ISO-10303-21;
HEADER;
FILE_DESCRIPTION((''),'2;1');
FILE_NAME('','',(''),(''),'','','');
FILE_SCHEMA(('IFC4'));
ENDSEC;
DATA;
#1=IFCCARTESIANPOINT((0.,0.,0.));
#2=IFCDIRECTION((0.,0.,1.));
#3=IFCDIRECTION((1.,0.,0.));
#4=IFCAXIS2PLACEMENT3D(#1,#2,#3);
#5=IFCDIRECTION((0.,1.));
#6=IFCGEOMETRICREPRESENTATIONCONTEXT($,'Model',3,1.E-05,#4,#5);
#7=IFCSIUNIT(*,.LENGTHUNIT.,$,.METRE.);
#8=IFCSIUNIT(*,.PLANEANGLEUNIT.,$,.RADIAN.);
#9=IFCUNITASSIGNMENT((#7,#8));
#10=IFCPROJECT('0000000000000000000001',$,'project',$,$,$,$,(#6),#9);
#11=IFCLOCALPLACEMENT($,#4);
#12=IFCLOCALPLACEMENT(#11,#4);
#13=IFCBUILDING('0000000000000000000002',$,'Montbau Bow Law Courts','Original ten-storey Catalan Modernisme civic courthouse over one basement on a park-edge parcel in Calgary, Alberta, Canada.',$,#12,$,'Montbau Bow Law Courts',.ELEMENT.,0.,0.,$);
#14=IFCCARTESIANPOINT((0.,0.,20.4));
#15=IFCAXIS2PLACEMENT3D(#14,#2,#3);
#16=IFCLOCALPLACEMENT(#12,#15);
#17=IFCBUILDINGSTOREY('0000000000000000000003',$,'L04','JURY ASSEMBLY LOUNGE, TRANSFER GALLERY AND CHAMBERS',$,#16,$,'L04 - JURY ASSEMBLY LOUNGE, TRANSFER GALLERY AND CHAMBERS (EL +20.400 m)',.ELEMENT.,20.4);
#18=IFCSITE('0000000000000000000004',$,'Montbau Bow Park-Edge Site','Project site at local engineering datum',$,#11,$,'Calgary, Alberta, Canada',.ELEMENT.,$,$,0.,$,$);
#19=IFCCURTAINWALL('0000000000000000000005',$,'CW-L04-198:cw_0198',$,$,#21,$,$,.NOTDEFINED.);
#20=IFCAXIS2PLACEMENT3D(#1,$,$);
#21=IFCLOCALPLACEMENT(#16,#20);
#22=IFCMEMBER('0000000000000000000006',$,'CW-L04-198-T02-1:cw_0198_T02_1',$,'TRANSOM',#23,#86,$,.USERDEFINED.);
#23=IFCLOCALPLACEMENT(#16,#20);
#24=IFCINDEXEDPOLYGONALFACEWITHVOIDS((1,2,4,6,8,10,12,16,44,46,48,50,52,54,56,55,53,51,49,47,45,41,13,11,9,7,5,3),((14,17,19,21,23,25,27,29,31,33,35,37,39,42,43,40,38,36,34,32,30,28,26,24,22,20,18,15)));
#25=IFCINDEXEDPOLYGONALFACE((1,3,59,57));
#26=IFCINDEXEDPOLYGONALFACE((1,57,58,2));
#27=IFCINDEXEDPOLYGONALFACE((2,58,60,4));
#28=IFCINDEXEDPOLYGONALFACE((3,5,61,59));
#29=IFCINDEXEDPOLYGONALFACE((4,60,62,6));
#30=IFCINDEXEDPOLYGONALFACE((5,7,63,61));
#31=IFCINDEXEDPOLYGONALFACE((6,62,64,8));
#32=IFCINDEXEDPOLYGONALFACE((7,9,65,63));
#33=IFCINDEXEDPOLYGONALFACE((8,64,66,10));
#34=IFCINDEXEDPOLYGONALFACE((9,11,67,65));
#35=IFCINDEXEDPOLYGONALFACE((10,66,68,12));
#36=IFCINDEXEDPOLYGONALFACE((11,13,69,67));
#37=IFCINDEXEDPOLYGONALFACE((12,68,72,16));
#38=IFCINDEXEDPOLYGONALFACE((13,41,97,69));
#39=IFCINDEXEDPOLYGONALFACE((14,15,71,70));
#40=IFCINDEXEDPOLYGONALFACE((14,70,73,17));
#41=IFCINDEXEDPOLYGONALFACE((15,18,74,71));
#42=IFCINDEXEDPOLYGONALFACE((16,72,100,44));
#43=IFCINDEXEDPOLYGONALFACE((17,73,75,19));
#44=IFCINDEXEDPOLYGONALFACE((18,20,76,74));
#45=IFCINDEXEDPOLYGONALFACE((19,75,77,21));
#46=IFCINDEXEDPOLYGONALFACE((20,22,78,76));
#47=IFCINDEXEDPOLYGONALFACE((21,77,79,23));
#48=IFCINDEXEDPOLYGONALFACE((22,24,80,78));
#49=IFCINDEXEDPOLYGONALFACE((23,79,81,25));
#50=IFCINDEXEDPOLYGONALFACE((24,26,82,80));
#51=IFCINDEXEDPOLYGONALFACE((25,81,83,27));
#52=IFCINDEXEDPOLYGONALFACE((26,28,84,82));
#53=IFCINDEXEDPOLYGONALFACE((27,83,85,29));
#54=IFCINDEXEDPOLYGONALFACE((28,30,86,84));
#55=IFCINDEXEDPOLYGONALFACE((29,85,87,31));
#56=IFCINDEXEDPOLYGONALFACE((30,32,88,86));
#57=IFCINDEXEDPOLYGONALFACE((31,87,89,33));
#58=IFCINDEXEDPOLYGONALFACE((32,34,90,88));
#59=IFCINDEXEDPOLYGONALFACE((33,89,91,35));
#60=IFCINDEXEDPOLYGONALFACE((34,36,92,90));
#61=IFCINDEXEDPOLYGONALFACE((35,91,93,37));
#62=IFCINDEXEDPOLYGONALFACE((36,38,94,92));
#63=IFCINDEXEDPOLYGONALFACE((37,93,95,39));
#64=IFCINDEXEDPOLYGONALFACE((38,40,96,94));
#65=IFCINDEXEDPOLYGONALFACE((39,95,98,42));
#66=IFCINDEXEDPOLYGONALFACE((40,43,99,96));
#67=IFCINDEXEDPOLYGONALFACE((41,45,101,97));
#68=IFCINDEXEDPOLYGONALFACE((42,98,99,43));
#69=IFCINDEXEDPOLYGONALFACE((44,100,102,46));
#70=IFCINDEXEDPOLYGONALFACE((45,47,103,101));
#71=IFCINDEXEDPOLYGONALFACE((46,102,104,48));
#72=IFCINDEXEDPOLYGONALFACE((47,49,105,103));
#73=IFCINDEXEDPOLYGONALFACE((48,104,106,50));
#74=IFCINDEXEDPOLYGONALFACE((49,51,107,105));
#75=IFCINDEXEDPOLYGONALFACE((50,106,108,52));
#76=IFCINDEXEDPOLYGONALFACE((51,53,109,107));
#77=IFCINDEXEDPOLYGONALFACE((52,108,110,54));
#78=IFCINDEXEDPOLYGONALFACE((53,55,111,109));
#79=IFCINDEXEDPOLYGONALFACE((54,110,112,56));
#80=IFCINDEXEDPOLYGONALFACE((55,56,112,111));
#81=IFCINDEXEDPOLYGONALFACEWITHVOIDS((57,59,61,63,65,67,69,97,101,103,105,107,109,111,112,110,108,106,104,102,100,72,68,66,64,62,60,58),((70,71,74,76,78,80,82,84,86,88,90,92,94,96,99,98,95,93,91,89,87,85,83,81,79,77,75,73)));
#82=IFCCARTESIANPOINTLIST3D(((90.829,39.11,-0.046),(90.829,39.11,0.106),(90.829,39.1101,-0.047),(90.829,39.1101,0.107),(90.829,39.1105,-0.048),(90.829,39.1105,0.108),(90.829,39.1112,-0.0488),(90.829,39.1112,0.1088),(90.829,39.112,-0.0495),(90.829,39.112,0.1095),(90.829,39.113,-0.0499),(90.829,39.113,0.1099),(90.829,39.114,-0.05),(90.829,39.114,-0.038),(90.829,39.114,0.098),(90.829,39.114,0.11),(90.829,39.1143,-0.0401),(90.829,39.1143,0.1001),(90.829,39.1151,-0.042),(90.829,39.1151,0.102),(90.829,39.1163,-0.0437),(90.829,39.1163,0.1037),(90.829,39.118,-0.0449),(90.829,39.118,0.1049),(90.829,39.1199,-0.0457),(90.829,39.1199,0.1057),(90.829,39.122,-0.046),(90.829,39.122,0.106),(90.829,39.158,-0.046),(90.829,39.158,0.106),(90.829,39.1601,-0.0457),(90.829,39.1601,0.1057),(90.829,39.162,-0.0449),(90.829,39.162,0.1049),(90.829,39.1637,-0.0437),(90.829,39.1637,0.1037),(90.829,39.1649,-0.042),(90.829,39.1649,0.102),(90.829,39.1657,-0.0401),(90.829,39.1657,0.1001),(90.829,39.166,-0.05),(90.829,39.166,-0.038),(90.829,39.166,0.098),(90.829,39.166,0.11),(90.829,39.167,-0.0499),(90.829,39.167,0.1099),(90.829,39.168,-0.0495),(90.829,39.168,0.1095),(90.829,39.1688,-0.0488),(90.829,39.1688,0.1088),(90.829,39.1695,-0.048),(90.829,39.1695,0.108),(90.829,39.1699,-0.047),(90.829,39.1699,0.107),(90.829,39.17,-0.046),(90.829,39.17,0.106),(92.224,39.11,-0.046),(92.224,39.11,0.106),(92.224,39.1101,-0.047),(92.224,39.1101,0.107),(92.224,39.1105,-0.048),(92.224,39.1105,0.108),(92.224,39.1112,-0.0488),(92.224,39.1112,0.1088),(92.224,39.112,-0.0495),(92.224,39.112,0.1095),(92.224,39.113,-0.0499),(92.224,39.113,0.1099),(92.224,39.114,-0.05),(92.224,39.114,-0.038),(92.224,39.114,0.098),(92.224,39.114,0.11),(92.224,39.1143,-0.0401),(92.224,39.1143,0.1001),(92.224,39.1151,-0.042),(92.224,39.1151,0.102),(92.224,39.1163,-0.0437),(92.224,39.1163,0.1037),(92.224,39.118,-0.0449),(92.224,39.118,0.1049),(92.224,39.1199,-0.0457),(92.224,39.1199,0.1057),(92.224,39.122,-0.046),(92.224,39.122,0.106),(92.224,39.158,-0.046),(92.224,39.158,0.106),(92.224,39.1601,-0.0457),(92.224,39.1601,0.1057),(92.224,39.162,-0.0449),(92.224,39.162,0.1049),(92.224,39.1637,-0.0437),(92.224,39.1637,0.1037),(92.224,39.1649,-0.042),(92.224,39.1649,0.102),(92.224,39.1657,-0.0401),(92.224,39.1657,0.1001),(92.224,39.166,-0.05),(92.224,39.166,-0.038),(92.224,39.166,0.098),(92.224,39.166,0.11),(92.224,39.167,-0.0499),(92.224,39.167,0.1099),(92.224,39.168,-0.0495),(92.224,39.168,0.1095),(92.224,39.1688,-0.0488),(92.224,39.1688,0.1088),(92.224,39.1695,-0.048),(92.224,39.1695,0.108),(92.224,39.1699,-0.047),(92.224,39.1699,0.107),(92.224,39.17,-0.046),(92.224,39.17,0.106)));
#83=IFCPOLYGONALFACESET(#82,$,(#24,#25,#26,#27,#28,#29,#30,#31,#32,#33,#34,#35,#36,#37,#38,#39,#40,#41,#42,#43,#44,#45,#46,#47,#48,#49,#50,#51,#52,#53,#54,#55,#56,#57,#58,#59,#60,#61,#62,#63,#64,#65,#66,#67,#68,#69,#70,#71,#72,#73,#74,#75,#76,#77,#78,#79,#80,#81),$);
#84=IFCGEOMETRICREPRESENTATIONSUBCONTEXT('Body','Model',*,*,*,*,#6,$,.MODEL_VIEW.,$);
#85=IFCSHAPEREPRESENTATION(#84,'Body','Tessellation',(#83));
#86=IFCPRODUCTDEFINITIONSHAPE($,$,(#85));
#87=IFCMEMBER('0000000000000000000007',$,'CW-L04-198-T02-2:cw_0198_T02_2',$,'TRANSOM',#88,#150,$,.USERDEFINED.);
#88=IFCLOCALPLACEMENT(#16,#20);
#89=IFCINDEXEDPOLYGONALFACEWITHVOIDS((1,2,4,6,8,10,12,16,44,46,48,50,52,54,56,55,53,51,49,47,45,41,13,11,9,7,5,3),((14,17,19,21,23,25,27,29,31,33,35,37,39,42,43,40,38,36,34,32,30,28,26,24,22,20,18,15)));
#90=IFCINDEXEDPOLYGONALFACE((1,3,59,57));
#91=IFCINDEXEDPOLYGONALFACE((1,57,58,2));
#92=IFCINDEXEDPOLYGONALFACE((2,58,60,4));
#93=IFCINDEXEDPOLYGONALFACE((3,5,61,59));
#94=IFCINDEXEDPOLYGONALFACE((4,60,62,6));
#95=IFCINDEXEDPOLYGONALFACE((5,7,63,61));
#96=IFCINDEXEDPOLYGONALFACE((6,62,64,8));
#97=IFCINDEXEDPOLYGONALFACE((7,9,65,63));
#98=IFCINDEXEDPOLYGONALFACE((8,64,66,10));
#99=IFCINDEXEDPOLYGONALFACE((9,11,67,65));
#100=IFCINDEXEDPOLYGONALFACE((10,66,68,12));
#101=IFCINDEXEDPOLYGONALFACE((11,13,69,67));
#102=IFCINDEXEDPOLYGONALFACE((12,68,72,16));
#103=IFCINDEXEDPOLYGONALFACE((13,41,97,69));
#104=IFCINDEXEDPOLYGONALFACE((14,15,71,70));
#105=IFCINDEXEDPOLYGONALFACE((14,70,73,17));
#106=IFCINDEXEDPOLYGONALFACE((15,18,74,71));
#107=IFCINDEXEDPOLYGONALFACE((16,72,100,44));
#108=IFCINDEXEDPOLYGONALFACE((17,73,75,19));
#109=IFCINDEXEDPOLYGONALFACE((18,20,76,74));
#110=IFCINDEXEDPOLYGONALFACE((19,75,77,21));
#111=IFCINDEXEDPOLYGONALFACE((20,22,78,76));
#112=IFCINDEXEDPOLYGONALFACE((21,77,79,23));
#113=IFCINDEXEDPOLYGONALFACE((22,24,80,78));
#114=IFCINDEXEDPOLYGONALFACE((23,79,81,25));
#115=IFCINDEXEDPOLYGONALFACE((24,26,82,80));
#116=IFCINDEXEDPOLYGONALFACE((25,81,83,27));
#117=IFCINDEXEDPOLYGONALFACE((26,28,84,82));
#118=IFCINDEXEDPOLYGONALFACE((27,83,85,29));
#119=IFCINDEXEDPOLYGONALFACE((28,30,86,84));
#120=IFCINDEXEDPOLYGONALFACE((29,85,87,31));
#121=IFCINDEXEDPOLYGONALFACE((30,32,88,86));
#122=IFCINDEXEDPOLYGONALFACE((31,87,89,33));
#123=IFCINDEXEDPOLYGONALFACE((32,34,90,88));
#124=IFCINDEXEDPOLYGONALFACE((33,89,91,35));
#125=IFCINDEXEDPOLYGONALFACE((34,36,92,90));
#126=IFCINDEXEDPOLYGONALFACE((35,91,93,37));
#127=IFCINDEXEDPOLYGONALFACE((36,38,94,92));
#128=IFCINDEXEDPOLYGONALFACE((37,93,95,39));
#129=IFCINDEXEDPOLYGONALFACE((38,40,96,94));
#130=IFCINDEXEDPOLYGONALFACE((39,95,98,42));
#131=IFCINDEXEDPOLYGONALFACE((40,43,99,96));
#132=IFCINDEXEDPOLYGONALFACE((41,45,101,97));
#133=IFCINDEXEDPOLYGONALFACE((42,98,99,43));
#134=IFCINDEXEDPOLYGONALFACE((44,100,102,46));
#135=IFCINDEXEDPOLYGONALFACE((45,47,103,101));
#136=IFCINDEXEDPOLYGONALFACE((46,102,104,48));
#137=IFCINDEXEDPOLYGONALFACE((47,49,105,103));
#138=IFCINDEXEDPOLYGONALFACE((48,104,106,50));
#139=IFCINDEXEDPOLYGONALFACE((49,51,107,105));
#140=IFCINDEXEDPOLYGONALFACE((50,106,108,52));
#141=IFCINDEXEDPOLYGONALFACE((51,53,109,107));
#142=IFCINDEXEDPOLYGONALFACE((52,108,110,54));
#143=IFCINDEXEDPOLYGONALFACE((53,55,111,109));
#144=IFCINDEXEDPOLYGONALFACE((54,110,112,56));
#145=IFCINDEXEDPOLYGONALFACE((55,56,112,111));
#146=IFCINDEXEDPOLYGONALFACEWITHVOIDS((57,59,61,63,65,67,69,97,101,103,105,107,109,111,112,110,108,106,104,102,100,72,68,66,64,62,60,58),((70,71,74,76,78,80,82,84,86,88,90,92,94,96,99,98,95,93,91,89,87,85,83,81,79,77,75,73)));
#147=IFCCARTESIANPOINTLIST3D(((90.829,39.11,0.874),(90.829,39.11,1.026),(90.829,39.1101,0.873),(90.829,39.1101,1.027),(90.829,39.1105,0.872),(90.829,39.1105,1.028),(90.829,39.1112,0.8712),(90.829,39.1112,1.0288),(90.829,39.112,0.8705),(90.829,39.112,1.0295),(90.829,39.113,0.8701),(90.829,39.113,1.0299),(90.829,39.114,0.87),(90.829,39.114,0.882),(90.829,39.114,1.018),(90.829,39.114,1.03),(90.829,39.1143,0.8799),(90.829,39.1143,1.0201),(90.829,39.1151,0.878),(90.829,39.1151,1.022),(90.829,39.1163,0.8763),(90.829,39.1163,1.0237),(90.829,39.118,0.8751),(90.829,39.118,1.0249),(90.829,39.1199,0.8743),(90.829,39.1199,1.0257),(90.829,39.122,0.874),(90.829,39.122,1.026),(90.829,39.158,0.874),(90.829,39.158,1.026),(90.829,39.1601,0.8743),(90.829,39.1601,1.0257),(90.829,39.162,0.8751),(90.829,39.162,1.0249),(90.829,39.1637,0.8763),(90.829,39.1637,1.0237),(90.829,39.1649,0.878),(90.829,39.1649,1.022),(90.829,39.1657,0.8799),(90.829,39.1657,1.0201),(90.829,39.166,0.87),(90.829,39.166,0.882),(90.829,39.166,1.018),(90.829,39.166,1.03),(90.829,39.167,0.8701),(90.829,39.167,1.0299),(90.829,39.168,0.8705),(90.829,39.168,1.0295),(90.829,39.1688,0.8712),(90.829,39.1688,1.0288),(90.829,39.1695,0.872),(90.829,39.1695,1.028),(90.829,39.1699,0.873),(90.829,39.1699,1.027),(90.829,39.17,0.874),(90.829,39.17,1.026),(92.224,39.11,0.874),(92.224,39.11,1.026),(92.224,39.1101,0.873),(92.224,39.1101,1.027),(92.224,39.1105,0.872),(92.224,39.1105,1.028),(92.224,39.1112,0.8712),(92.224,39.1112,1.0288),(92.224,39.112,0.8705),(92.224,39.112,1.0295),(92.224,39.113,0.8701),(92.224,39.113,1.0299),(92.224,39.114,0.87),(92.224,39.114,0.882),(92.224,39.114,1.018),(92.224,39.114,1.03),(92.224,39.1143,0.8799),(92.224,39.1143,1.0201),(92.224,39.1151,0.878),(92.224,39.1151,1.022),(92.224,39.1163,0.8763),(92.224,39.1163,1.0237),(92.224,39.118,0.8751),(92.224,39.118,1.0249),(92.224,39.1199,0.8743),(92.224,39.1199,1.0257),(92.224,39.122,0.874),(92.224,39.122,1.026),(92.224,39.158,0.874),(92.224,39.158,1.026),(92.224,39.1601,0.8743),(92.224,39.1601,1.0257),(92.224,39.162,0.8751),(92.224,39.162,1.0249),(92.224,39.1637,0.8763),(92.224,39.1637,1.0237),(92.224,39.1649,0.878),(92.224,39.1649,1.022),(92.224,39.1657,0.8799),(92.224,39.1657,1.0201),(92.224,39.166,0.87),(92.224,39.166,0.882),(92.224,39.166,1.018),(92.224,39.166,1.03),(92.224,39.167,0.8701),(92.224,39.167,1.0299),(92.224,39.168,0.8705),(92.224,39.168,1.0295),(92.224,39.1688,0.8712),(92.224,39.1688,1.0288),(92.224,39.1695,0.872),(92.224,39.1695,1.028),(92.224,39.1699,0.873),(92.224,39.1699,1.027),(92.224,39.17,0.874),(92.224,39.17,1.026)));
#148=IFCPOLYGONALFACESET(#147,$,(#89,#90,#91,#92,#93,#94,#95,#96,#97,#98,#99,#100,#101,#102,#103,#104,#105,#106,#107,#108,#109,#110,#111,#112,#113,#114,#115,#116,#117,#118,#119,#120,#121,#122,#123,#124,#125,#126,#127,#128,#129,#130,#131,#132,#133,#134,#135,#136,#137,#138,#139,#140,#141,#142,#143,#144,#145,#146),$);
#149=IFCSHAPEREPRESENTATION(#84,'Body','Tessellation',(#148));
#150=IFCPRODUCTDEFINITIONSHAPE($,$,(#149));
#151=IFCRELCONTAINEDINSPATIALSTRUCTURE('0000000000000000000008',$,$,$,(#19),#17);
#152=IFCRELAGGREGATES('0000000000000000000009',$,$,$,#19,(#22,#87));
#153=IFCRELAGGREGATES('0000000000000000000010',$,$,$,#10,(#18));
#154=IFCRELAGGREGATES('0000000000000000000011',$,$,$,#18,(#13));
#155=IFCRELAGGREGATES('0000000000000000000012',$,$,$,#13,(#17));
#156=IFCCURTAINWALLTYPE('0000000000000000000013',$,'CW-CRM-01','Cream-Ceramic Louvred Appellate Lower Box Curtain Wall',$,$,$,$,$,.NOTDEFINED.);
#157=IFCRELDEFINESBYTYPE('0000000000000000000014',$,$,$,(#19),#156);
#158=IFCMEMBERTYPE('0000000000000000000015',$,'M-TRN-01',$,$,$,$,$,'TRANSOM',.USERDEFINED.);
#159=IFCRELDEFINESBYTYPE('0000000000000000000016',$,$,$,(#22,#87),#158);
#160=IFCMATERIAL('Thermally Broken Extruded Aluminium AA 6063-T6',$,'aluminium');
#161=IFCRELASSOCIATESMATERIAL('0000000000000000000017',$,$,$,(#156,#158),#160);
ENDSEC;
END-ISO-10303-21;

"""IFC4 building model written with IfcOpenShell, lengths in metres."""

from ifc_helpers import new_model, si_unit, direction, frame, origin_with_axes, origin_2d_with_axis, place, context, subcontext, project, spatial, hollow_rectangle, extrude, material, material_profile, profile_set, type_object, element, aggregate, save


model = new_model("IFC4")

# Units and contexts
model_context = context("Model", 3, precision=1e-05, world=origin_with_axes(), true_north=direction((0.0, 1.0)))
body_context = subcontext(model_context, "Body", "Model", "MODEL_VIEW")
ifc_project = project(units=[si_unit("LENGTHUNIT", "METRE"), si_unit("PLANEANGLEUNIT", "RADIAN")], contexts=[model_context])

# Site, building, storey
site_placement = place(None, origin_with_axes())
site = spatial("IfcSite", under=ifc_project, at=site_placement, Name="Montbau Bow Park-Edge Site", Description="Project site at local engineering datum", LongName="Calgary, Alberta, Canada", CompositionType="ELEMENT", RefElevation=0.0)
building_placement = place(site_placement, origin_with_axes())
building = spatial("IfcBuilding", under=site, at=building_placement, Name="Montbau Bow Law Courts", Description="Original ten-storey Catalan Modernisme civic courthouse over one basement on a park-edge parcel in Calgary, Alberta, Canada.", LongName="Montbau Bow Law Courts", CompositionType="ELEMENT", ElevationOfRefHeight=0.0, ElevationOfTerrain=0.0)
storey_placement = place(building_placement, frame((0.0, 0.0, 20.4), z_axis=(0.0, 0.0, 1.0), x_axis=(1.0, 0.0, 0.0)))
storey = spatial("IfcBuildingStorey", under=building, at=storey_placement, Name="L04", Description="JURY ASSEMBLY LOUNGE, TRANSFER GALLERY AND CHAMBERS", LongName="L04 - JURY ASSEMBLY LOUNGE, TRANSFER GALLERY AND CHAMBERS (EL +20.400 m)", CompositionType="ELEMENT", Elevation=20.4)

# Curtain wall, members
ifc_material_1 = material(Name="Thermally Broken Extruded Aluminium AA 6063-T6", Category="aluminium")
curtain_wall_type = type_object("IfcCurtainWallType", Name="CW-CRM-01", Description="Cream-Ceramic Louvred Appellate Lower Box Curtain Wall", PredefinedType="NOTDEFINED", material=ifc_material_1)
curtain_wall_placement = place(None, frame((89.315, 39.14, 20.4), z_axis=(0.0, 0.0, 1.0), x_axis=(1.0, 0.0, 0.0)))
curtain_wall = element("IfcCurtainWall", 1, at=curtain_wall_placement, inside=storey, type_object=curtain_wall_type, Name="CW-L04-198:cw_0198", PredefinedType="NOTDEFINED")
ifc_material_profile_1 = material_profile(ifc_material_1, hollow_rectangle(XDim=0.06, YDim=0.16, WallThickness=0.004, InnerFilletRadius=0.008, OuterFilletRadius=0.004, at=origin_2d_with_axis()), Name="CWT-160X60", Category="Main", Priority=0)
ifc_profile_set_1 = profile_set([ifc_material_profile_1], Name="Thermally Broken Extruded Aluminium AA 6063-T6")
member_type_1 = type_object("IfcMemberType", Name="M-TRN-01", ElementType="TRANSOM", PredefinedType="USERDEFINED", material=ifc_profile_set_1)
member_1_placement = place(None, frame((90.829, 39.14, 20.43), z_axis=(1.0, 0.0, 0.0), x_axis=(0.0, 1.0, 0.0)))
member_1 = element("IfcMember", 2, at=member_1_placement, type_object=member_type_1, Name="CW-L04-198-T02-1:cw_0198_T02_1", ObjectType="TRANSOM", PredefinedType="USERDEFINED", context=body_context, shape_type="SweptSolid", body=[
    extrude(hollow_rectangle(XDim=0.06, YDim=0.16, WallThickness=0.004, InnerFilletRadius=0.008, OuterFilletRadius=0.004, at=origin_2d_with_axis()), origin_with_axes(), (0.0, 0.0, 1.0), 1.395),
])
member_2_placement = place(None, frame((90.829, 39.14, 21.35), z_axis=(1.0, 0.0, 0.0), x_axis=(0.0, 1.0, 0.0)))
member_2 = element("IfcMember", 3, at=member_2_placement, type_object=member_type_1, Name="CW-L04-198-T02-2:cw_0198_T02_2", ObjectType="TRANSOM", PredefinedType="USERDEFINED", context=body_context, shape_type="SweptSolid", body=[
    extrude(hollow_rectangle(XDim=0.06, YDim=0.16, WallThickness=0.004, InnerFilletRadius=0.008, OuterFilletRadius=0.004, at=origin_2d_with_axis()), origin_with_axes(), (0.0, 0.0, 1.0), 1.395),
])
aggregate(curtain_wall, [member_1, member_2])

save(model, "model.ifc")
